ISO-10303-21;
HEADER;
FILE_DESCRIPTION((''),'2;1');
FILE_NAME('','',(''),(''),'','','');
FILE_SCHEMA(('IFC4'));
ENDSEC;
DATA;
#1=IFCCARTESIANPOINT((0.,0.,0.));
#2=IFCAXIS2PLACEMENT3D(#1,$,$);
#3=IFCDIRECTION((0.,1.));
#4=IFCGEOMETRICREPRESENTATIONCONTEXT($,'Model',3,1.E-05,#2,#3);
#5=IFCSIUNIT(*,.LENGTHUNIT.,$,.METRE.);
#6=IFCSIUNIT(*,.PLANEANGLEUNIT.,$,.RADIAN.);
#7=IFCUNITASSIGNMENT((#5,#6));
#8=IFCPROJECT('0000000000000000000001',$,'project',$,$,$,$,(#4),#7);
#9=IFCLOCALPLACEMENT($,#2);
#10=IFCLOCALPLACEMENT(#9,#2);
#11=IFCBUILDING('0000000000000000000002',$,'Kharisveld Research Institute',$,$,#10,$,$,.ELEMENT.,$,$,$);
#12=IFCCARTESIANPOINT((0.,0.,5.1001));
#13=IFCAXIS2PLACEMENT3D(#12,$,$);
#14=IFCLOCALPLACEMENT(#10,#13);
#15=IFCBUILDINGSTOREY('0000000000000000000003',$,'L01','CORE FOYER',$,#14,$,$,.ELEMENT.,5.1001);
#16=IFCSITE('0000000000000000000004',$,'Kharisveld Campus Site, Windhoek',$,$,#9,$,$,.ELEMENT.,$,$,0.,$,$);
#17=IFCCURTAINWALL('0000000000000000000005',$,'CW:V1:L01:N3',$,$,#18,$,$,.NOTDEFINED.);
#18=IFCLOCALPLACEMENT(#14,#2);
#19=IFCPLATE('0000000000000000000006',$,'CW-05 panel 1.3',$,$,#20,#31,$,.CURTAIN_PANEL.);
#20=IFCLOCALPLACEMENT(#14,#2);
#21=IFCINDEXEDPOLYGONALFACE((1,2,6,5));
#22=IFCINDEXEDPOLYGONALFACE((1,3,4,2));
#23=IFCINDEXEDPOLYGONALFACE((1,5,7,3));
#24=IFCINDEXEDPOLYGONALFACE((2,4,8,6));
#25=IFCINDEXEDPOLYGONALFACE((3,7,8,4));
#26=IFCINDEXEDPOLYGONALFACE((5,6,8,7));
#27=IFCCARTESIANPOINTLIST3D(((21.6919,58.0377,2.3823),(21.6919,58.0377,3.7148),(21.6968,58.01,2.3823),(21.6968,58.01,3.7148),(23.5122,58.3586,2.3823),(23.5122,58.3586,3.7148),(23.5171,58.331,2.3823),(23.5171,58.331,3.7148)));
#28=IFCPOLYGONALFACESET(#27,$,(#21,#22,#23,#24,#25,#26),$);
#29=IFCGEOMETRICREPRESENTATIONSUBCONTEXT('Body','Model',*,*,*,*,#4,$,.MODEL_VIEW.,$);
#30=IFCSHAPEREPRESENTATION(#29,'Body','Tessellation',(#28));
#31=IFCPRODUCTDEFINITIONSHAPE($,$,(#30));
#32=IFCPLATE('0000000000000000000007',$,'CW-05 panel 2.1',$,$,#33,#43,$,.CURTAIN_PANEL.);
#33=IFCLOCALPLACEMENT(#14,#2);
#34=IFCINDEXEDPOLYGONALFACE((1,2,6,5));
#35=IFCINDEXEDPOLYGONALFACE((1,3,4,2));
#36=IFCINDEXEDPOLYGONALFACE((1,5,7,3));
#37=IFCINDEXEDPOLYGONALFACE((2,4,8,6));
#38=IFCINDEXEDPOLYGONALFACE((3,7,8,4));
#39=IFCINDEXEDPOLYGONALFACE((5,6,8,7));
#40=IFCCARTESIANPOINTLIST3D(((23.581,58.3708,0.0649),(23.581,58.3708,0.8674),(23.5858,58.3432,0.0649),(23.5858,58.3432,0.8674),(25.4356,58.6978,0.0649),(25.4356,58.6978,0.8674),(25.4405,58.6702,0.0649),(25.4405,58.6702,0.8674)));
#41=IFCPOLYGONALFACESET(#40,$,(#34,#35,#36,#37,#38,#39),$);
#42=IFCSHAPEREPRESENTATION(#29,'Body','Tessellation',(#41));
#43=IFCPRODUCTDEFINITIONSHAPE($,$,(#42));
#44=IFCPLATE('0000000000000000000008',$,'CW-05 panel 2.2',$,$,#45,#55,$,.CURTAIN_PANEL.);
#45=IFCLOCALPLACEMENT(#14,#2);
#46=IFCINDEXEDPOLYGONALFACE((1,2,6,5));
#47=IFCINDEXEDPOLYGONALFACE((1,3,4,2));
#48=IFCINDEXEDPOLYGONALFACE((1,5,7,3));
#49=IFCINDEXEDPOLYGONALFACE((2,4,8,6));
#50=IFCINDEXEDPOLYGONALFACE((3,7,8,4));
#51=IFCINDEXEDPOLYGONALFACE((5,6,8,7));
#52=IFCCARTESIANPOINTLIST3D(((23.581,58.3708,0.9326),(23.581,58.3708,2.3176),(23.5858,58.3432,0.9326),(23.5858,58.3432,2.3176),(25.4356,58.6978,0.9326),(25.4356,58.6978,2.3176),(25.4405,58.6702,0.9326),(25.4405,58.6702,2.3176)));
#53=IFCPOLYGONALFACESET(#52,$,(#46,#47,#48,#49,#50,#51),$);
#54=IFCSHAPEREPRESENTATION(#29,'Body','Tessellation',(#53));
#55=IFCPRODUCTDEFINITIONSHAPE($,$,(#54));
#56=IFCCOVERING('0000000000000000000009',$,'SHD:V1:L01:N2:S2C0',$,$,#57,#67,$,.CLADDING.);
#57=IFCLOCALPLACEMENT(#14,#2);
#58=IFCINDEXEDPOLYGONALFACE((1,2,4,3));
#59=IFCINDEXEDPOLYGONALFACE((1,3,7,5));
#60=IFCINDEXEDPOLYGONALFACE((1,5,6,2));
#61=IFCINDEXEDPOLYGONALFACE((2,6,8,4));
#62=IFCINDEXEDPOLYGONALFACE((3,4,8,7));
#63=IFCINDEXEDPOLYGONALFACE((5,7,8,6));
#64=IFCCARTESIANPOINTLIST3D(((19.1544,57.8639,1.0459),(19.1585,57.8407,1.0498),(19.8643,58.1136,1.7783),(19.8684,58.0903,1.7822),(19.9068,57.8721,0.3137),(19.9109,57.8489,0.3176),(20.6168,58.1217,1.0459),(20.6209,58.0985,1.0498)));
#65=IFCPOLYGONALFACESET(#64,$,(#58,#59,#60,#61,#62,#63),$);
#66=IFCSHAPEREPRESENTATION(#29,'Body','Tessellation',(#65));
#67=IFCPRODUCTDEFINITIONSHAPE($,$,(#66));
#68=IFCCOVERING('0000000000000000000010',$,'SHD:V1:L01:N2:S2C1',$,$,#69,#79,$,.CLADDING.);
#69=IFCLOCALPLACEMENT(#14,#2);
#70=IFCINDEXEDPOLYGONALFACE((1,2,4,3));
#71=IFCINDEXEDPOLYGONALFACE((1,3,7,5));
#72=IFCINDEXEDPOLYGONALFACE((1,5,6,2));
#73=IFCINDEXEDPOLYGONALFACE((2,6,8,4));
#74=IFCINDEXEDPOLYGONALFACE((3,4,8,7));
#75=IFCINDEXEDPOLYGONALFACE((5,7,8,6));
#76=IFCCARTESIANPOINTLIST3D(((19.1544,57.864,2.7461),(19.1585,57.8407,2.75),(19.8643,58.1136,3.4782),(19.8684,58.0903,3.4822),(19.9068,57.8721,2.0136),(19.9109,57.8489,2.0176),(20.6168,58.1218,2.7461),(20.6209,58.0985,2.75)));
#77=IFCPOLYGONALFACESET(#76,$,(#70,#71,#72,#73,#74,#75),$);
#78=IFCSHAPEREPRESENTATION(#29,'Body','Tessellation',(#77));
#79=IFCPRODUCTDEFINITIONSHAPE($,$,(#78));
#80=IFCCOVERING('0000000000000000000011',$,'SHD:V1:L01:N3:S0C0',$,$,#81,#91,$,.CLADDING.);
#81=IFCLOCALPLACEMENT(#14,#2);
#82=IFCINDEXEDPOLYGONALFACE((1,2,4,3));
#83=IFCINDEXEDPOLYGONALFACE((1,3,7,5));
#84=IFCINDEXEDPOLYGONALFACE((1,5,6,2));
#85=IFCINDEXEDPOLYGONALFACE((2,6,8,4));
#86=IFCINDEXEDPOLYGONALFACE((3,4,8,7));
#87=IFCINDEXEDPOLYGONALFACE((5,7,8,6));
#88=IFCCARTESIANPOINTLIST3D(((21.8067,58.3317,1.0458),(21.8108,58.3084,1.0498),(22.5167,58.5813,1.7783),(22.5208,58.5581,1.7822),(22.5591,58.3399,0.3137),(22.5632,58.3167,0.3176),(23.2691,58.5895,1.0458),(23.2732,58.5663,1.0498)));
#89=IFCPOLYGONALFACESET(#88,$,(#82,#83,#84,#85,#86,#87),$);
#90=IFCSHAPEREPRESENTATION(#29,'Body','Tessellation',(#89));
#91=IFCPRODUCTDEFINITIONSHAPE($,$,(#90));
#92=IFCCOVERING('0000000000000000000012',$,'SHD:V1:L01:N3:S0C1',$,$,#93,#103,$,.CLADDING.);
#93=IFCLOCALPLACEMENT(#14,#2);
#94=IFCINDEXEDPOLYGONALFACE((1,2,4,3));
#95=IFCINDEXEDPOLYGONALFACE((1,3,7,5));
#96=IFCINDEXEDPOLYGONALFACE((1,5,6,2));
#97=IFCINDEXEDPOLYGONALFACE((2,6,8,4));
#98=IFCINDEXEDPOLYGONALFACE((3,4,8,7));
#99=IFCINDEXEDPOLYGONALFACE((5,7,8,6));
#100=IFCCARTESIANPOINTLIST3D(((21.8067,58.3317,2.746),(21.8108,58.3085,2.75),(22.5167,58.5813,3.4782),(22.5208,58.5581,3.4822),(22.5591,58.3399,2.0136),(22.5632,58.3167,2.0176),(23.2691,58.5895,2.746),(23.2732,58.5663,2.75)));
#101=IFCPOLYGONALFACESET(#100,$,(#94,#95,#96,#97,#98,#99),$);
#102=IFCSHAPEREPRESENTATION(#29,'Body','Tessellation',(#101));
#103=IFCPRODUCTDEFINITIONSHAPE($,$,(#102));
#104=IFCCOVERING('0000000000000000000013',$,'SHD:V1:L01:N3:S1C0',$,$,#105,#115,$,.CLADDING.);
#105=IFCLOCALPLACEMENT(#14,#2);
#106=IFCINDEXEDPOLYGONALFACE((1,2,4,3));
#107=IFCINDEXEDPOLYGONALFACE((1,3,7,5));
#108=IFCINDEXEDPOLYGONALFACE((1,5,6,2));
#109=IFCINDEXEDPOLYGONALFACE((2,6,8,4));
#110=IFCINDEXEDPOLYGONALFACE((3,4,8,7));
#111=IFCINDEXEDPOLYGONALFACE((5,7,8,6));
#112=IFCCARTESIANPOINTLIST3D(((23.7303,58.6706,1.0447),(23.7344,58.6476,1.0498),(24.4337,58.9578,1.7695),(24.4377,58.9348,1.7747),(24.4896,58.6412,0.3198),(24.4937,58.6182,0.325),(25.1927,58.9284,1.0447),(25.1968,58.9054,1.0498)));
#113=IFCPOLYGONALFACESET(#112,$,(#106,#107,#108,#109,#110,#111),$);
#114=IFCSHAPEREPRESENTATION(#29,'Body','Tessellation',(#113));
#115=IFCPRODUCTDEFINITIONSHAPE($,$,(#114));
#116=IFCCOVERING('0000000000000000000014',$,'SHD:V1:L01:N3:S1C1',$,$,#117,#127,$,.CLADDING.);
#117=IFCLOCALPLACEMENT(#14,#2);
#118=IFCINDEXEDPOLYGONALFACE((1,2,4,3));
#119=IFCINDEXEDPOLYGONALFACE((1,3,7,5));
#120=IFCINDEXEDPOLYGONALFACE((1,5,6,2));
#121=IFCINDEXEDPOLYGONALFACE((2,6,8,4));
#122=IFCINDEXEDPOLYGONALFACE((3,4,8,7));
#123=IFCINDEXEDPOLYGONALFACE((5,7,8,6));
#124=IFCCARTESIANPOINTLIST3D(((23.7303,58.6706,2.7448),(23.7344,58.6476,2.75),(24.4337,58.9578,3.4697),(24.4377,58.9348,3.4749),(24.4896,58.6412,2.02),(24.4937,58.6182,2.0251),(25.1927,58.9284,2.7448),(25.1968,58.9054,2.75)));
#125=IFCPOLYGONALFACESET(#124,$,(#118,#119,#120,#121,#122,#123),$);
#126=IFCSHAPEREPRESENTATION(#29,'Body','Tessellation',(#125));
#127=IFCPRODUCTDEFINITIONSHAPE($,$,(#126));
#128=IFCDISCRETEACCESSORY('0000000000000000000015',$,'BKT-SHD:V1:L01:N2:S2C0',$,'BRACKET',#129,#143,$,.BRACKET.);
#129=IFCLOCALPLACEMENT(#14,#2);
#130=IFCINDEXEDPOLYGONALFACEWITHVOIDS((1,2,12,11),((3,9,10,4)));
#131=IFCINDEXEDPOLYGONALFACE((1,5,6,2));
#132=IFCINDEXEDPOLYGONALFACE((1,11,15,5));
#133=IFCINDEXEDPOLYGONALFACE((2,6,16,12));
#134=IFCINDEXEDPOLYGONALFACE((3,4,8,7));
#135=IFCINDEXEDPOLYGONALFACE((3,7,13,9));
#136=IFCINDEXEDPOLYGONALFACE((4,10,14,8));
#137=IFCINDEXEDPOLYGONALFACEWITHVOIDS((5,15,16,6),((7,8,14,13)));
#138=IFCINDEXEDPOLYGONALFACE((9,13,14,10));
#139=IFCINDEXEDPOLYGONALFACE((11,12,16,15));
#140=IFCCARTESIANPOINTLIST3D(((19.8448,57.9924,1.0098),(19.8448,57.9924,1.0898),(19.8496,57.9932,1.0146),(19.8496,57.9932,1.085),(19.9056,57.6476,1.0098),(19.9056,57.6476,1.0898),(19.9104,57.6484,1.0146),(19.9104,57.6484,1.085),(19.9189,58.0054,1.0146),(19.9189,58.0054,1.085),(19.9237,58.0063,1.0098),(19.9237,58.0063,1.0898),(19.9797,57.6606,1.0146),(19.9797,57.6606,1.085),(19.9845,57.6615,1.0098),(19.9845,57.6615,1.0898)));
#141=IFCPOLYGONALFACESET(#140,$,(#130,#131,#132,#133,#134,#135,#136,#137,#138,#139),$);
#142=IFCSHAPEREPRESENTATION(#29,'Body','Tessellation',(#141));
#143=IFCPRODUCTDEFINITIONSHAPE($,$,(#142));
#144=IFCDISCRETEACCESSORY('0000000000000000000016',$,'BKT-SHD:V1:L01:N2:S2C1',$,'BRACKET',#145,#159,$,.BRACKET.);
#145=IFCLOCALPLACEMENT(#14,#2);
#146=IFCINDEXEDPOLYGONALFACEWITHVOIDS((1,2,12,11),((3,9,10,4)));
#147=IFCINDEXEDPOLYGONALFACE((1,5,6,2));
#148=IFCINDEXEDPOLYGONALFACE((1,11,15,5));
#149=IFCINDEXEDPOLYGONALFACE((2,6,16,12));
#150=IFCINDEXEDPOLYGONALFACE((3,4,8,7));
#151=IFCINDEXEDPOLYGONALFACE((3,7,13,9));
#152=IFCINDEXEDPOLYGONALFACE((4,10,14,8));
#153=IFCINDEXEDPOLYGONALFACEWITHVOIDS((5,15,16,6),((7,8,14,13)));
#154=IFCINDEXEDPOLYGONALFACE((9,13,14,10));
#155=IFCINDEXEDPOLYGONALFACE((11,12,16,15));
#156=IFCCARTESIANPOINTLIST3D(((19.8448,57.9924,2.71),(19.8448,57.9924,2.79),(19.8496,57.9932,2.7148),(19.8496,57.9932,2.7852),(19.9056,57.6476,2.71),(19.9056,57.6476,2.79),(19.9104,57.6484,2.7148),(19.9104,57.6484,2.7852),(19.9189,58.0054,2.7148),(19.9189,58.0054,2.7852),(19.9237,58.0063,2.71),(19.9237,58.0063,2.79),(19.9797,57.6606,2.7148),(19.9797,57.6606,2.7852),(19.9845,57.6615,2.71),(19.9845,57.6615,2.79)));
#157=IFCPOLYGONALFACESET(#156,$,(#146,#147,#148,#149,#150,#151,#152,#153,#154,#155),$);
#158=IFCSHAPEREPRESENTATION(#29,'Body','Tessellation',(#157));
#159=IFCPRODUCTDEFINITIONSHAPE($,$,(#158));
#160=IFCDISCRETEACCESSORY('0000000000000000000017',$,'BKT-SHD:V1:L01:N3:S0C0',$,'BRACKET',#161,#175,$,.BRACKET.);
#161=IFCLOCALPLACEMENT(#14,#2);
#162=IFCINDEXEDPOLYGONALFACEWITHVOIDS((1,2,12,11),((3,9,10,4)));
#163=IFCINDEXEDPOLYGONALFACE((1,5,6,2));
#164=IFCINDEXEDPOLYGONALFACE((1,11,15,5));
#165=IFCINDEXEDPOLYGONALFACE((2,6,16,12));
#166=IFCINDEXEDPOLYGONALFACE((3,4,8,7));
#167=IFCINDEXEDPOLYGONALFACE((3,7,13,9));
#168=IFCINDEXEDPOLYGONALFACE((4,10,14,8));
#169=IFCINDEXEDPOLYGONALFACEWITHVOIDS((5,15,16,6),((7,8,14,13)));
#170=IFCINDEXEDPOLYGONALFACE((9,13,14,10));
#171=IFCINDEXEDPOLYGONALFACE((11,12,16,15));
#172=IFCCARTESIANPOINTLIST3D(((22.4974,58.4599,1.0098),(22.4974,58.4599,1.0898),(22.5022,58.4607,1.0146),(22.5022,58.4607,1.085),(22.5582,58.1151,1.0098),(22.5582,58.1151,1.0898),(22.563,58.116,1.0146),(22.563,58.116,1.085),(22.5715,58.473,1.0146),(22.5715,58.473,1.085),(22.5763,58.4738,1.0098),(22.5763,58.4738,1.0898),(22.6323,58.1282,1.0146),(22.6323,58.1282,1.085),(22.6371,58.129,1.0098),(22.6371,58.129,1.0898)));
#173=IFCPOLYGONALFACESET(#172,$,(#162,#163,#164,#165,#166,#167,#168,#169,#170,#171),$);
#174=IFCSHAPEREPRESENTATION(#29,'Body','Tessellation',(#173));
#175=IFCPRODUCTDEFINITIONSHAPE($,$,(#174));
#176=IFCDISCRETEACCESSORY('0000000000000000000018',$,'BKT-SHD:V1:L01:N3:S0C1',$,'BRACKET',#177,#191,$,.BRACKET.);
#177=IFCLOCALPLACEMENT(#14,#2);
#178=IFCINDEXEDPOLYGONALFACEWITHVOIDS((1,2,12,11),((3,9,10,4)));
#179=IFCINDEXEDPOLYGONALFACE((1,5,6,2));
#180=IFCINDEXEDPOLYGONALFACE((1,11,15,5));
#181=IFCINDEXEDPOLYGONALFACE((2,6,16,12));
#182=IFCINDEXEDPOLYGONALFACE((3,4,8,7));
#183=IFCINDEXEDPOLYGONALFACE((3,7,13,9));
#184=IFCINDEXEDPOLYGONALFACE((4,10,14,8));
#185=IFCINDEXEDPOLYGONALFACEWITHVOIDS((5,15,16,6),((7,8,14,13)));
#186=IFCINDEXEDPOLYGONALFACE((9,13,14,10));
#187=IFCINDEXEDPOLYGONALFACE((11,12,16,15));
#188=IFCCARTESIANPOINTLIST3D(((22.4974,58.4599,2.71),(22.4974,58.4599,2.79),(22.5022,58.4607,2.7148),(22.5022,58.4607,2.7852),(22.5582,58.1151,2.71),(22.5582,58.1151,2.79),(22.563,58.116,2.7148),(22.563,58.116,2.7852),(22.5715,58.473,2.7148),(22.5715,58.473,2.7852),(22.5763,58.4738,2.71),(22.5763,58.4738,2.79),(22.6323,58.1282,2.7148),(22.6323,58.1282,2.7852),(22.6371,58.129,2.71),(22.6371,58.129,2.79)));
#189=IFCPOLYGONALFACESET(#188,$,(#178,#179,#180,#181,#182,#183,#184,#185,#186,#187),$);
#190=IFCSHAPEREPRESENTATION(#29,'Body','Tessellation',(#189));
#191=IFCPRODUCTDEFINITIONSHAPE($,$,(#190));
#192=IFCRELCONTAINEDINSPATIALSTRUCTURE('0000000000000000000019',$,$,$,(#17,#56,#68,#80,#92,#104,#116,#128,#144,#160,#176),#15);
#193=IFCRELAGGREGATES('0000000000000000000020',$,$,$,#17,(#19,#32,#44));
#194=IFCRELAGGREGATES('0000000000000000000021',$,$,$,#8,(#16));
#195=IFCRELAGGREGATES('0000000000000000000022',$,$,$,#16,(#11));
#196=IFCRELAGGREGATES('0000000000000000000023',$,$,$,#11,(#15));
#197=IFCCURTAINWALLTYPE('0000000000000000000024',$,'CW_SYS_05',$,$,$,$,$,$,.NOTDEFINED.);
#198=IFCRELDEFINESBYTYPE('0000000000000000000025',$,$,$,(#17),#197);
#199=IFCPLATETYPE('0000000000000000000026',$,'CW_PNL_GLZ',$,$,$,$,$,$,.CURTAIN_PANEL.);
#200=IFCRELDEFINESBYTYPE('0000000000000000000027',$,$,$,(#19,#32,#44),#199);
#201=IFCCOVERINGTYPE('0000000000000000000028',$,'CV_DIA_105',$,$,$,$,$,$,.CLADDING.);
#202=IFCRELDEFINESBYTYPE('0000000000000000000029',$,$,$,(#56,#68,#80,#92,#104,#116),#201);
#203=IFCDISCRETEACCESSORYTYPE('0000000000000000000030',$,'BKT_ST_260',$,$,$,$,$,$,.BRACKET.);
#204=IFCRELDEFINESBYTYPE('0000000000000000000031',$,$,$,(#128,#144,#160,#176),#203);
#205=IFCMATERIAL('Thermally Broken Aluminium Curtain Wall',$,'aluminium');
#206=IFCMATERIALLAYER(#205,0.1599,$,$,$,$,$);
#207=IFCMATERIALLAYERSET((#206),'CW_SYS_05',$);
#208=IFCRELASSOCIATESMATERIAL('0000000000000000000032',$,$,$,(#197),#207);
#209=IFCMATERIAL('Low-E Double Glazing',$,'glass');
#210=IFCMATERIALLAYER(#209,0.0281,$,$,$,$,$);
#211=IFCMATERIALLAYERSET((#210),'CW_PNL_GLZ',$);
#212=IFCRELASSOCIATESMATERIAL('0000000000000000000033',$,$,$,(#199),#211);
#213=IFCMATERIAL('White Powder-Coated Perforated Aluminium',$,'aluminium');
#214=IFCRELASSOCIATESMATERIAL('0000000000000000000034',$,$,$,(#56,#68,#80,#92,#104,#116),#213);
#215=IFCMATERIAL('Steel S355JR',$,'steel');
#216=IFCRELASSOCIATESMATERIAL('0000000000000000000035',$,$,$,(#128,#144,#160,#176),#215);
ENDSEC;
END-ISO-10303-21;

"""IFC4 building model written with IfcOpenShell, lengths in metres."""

from ifc_helpers import new_model, si_unit, direction, frame, origin, origin_2d, place, context, subcontext, project, spatial, polyline, rectangle, hollow_rectangle, outline, extrude, material, layer, layer_set, type_object, element, aggregate, save


model = new_model("IFC4")

# Units and contexts
model_context = context("Model", 3, precision=1e-05, world=origin(), true_north=direction((0.0, 1.0)))
body_context = subcontext(model_context, "Body", "Model", "MODEL_VIEW")
ifc_project = project(units=[si_unit("LENGTHUNIT", "METRE"), si_unit("PLANEANGLEUNIT", "RADIAN")], contexts=[model_context])

# Site, building, storey
site_placement = place(None, origin())
site = spatial("IfcSite", under=ifc_project, at=site_placement, Name="Kharisveld Campus Site, Windhoek", CompositionType="ELEMENT", RefElevation=0.0)
building_placement = place(site_placement, origin())
building = spatial("IfcBuilding", under=site, at=building_placement, Name="Kharisveld Research Institute", CompositionType="ELEMENT")
storey_placement = place(building_placement, frame((0.0, 0.0, 5.1001)))
storey = spatial("IfcBuildingStorey", under=building, at=storey_placement, Name="L01", Description="CORE FOYER", CompositionType="ELEMENT", Elevation=5.1001)

# Curtain wall
ifc_material_1 = material(Name="Thermally Broken Aluminium Curtain Wall", Category="aluminium")
ifc_layer_1 = layer(ifc_material_1, 0.1599)
ifc_layer_set_1 = layer_set([ifc_layer_1], Name="CW_SYS_05")
curtain_wall_type_1 = type_object("IfcCurtainWallType", Name="CW_SYS_05", PredefinedType="NOTDEFINED", material=ifc_layer_set_1)
curtain_wall_1_placement = place(storey_placement, origin())
curtain_wall_1 = element("IfcCurtainWall", 1, at=curtain_wall_1_placement, inside=storey, type_object=curtain_wall_type_1, Name="CW:V1:L01:N3", PredefinedType="NOTDEFINED")

# Plates
ifc_material_2 = material(Name="Low-E Double Glazing", Category="glass")
ifc_layer_2 = layer(ifc_material_2, 0.0281)
ifc_layer_set_2 = layer_set([ifc_layer_2], Name="CW_PNL_GLZ")
plate_type = type_object("IfcPlateType", Name="CW_PNL_GLZ", PredefinedType="CURTAIN_PANEL", material=ifc_layer_set_2)
plate_1_placement = place(storey_placement, frame((22.6045, 58.1843, 2.3823), z_axis=(0.0, 0.0, 1.0), x_axis=(0.984808, 0.173648, 0.0)))
plate_1 = element("IfcPlate", 2, at=plate_1_placement, type_object=plate_type, Name="CW-05 panel 1.3", PredefinedType="CURTAIN_PANEL", context=body_context, shape_type="SweptSolid", body=[
    extrude(rectangle(XDim=1.8484, YDim=0.0281, at=origin_2d()), origin(), (0.0, 0.0, 1.0), 1.3325),
])
plate_2_placement = place(storey_placement, frame((24.5107, 58.5205, 0.0649), z_axis=(0.0, 0.0, 1.0), x_axis=(0.984808, 0.173648, 0.0)))
plate_2 = element("IfcPlate", 3, at=plate_2_placement, type_object=plate_type, Name="CW-05 panel 2.1", PredefinedType="CURTAIN_PANEL", context=body_context, shape_type="SweptSolid", body=[
    extrude(rectangle(XDim=1.8833, YDim=0.0281, at=origin_2d()), origin(), (0.0, 0.0, 1.0), 0.8025),
])
plate_3_placement = place(storey_placement, frame((24.5107, 58.5205, 0.9326), z_axis=(0.0, 0.0, 1.0), x_axis=(0.984808, 0.173648, 0.0)))
plate_3 = element("IfcPlate", 4, at=plate_3_placement, type_object=plate_type, Name="CW-05 panel 2.2", PredefinedType="CURTAIN_PANEL", context=body_context, shape_type="SweptSolid", body=[
    extrude(rectangle(XDim=1.8833, YDim=0.0281, at=origin_2d()), origin(), (0.0, 0.0, 1.0), 1.385),
])
aggregate(curtain_wall_1, [plate_1, plate_2, plate_3])

# Coverings
ifc_material_3 = material(Name="White Powder-Coated Perforated Aluminium", Category="aluminium")
covering_type = type_object("IfcCoveringType", Name="CV_DIA_105", PredefinedType="CLADDING")
covering_1_placement = place(storey_placement, frame((19.9109, 57.8489, 0.3176), z_axis=(0.171234, -0.971299, 0.165096), x_axis=(0.676174, 0.237734, 0.697332)))
element("IfcCovering", 5, at=covering_1_placement, inside=storey, type_object=covering_type, material=ifc_material_3, Name="SHD:V1:L01:N2:S2C0", PredefinedType="CLADDING", context=body_context, shape_type="SweptSolid", body=[
    extrude(outline(polyline([(0.0, 0.0), (1.05, 0.0), (1.05, 1.0501), (-0.0001, 1.0499), (0.0, 0.0)])), origin(), (0.0, 0.0, -1.0), 0.0239),
])
covering_2_placement = place(storey_placement, frame((19.9109, 57.8489, 2.0176), z_axis=(0.171234, -0.971299, 0.165096), x_axis=(0.676058, 0.237732, 0.697445)))
element("IfcCovering", 6, at=covering_2_placement, inside=storey, type_object=covering_type, material=ifc_material_3, Name="SHD:V1:L01:N2:S2C1", PredefinedType="CLADDING", context=body_context, shape_type="SweptSolid", body=[
    extrude(outline(polyline([(0.0, 0.0), (1.0502, 0.0), (1.0502, 1.0499), (0.0002, 1.0501), (0.0, 0.0)])), origin(), (0.0, 0.0, -1.0), 0.0239),
])
covering_3_placement = place(storey_placement, frame((22.5632, 58.3167, 0.3176), z_axis=(0.171234, -0.971299, 0.165096), x_axis=(0.676173, 0.237734, 0.697333)))
element("IfcCovering", 7, at=covering_3_placement, inside=storey, type_object=covering_type, material=ifc_material_3, Name="SHD:V1:L01:N3:S0C0", PredefinedType="CLADDING", context=body_context, shape_type="SweptSolid", body=[
    extrude(outline(polyline([(0.0, 0.0), (1.0499, 0.0), (1.05, 1.0501), (-0.0002, 1.0499), (0.0, 0.0)])), origin(), (0.0, 0.0, -1.0), 0.0239),
])
covering_4_placement = place(storey_placement, frame((22.5632, 58.3167, 2.0176), z_axis=(0.171234, -0.971299, 0.165096), x_axis=(0.676056, 0.237732, 0.697446)))
element("IfcCovering", 8, at=covering_4_placement, inside=storey, type_object=covering_type, material=ifc_material_3, Name="SHD:V1:L01:N3:S0C1", PredefinedType="CLADDING", context=body_context, shape_type="SweptSolid", body=[
    extrude(outline(polyline([(0.0, 0.0), (1.0501, 0.0), (1.0502, 1.0499), (0.0002, 1.0501), (0.0, 0.0)])), origin(), (0.0, 0.0, -1.0), 0.0239),
])
for number, where, z_axis, x_axis, name in (
    (9, (24.4937, 58.6182, 0.325), (0.169497, -0.961447, 0.21654), (0.669705, 0.27356, 0.690406), "SHD:V1:L01:N3:S1C0"),
    (10, (24.4937, 58.6182, 2.0251), (0.169497, -0.961447, 0.21654), (0.669705, 0.27356, 0.690406), "SHD:V1:L01:N3:S1C1"),
):
    element("IfcCovering", number, at=place(storey_placement, frame(where, z_axis=z_axis, x_axis=x_axis)), inside=storey, type_object=covering_type, material=ifc_material_3, Name=name, PredefinedType="CLADDING", context=body_context, shape_type="SweptSolid", body=[
        extrude(outline(polyline([(0.0, 0.0), (1.0499, 0.0), (1.0501, 1.05), (0.0, 1.0501), (0.0, 0.0)])), origin(), (0.0, 0.0, -1.0), 0.0239),
    ])

# Discrete accessories
ifc_material_4 = material(Name="Steel S355JR", Category="steel")
discrete_accessory_type = type_object("IfcDiscreteAccessoryType", Name="BKT_ST_260", PredefinedType="BRACKET")
for number, where, z_axis, x_axis, name in (
    (11, (19.9451, 57.6545, 1.0498), (-0.173666, 0.984805, 0.0), (-0.984805, -0.173666, 0.0), "BKT-SHD:V1:L01:N2:S2C0"),
    (12, (19.9451, 57.6545, 2.75), (-0.173666, 0.984805, 0.0), (-0.984805, -0.173666, 0.0), "BKT-SHD:V1:L01:N2:S2C1"),
    (13, (22.5977, 58.1221, 1.0498), (-0.173666, 0.984805, 0.0), (-0.984805, -0.173666, 0.0), "BKT-SHD:V1:L01:N3:S0C0"),
    (14, (22.5977, 58.1221, 2.75), (-0.173666, 0.984805, 0.0), (-0.984805, -0.173666, 0.0), "BKT-SHD:V1:L01:N3:S0C1"),
):
    element("IfcDiscreteAccessory", number, at=place(storey_placement, frame(where, z_axis=z_axis, x_axis=x_axis)), inside=storey, type_object=discrete_accessory_type, material=ifc_material_4, Name=name, ObjectType="BRACKET", PredefinedType="BRACKET", context=body_context, shape_type="SweptSolid", body=[
        extrude(hollow_rectangle(XDim=0.0801, YDim=0.0801, WallThickness=0.0049, at=origin_2d()), origin(), (0.0, 0.0, 1.0), 0.3501),
    ])

save(model, "model.ifc")
